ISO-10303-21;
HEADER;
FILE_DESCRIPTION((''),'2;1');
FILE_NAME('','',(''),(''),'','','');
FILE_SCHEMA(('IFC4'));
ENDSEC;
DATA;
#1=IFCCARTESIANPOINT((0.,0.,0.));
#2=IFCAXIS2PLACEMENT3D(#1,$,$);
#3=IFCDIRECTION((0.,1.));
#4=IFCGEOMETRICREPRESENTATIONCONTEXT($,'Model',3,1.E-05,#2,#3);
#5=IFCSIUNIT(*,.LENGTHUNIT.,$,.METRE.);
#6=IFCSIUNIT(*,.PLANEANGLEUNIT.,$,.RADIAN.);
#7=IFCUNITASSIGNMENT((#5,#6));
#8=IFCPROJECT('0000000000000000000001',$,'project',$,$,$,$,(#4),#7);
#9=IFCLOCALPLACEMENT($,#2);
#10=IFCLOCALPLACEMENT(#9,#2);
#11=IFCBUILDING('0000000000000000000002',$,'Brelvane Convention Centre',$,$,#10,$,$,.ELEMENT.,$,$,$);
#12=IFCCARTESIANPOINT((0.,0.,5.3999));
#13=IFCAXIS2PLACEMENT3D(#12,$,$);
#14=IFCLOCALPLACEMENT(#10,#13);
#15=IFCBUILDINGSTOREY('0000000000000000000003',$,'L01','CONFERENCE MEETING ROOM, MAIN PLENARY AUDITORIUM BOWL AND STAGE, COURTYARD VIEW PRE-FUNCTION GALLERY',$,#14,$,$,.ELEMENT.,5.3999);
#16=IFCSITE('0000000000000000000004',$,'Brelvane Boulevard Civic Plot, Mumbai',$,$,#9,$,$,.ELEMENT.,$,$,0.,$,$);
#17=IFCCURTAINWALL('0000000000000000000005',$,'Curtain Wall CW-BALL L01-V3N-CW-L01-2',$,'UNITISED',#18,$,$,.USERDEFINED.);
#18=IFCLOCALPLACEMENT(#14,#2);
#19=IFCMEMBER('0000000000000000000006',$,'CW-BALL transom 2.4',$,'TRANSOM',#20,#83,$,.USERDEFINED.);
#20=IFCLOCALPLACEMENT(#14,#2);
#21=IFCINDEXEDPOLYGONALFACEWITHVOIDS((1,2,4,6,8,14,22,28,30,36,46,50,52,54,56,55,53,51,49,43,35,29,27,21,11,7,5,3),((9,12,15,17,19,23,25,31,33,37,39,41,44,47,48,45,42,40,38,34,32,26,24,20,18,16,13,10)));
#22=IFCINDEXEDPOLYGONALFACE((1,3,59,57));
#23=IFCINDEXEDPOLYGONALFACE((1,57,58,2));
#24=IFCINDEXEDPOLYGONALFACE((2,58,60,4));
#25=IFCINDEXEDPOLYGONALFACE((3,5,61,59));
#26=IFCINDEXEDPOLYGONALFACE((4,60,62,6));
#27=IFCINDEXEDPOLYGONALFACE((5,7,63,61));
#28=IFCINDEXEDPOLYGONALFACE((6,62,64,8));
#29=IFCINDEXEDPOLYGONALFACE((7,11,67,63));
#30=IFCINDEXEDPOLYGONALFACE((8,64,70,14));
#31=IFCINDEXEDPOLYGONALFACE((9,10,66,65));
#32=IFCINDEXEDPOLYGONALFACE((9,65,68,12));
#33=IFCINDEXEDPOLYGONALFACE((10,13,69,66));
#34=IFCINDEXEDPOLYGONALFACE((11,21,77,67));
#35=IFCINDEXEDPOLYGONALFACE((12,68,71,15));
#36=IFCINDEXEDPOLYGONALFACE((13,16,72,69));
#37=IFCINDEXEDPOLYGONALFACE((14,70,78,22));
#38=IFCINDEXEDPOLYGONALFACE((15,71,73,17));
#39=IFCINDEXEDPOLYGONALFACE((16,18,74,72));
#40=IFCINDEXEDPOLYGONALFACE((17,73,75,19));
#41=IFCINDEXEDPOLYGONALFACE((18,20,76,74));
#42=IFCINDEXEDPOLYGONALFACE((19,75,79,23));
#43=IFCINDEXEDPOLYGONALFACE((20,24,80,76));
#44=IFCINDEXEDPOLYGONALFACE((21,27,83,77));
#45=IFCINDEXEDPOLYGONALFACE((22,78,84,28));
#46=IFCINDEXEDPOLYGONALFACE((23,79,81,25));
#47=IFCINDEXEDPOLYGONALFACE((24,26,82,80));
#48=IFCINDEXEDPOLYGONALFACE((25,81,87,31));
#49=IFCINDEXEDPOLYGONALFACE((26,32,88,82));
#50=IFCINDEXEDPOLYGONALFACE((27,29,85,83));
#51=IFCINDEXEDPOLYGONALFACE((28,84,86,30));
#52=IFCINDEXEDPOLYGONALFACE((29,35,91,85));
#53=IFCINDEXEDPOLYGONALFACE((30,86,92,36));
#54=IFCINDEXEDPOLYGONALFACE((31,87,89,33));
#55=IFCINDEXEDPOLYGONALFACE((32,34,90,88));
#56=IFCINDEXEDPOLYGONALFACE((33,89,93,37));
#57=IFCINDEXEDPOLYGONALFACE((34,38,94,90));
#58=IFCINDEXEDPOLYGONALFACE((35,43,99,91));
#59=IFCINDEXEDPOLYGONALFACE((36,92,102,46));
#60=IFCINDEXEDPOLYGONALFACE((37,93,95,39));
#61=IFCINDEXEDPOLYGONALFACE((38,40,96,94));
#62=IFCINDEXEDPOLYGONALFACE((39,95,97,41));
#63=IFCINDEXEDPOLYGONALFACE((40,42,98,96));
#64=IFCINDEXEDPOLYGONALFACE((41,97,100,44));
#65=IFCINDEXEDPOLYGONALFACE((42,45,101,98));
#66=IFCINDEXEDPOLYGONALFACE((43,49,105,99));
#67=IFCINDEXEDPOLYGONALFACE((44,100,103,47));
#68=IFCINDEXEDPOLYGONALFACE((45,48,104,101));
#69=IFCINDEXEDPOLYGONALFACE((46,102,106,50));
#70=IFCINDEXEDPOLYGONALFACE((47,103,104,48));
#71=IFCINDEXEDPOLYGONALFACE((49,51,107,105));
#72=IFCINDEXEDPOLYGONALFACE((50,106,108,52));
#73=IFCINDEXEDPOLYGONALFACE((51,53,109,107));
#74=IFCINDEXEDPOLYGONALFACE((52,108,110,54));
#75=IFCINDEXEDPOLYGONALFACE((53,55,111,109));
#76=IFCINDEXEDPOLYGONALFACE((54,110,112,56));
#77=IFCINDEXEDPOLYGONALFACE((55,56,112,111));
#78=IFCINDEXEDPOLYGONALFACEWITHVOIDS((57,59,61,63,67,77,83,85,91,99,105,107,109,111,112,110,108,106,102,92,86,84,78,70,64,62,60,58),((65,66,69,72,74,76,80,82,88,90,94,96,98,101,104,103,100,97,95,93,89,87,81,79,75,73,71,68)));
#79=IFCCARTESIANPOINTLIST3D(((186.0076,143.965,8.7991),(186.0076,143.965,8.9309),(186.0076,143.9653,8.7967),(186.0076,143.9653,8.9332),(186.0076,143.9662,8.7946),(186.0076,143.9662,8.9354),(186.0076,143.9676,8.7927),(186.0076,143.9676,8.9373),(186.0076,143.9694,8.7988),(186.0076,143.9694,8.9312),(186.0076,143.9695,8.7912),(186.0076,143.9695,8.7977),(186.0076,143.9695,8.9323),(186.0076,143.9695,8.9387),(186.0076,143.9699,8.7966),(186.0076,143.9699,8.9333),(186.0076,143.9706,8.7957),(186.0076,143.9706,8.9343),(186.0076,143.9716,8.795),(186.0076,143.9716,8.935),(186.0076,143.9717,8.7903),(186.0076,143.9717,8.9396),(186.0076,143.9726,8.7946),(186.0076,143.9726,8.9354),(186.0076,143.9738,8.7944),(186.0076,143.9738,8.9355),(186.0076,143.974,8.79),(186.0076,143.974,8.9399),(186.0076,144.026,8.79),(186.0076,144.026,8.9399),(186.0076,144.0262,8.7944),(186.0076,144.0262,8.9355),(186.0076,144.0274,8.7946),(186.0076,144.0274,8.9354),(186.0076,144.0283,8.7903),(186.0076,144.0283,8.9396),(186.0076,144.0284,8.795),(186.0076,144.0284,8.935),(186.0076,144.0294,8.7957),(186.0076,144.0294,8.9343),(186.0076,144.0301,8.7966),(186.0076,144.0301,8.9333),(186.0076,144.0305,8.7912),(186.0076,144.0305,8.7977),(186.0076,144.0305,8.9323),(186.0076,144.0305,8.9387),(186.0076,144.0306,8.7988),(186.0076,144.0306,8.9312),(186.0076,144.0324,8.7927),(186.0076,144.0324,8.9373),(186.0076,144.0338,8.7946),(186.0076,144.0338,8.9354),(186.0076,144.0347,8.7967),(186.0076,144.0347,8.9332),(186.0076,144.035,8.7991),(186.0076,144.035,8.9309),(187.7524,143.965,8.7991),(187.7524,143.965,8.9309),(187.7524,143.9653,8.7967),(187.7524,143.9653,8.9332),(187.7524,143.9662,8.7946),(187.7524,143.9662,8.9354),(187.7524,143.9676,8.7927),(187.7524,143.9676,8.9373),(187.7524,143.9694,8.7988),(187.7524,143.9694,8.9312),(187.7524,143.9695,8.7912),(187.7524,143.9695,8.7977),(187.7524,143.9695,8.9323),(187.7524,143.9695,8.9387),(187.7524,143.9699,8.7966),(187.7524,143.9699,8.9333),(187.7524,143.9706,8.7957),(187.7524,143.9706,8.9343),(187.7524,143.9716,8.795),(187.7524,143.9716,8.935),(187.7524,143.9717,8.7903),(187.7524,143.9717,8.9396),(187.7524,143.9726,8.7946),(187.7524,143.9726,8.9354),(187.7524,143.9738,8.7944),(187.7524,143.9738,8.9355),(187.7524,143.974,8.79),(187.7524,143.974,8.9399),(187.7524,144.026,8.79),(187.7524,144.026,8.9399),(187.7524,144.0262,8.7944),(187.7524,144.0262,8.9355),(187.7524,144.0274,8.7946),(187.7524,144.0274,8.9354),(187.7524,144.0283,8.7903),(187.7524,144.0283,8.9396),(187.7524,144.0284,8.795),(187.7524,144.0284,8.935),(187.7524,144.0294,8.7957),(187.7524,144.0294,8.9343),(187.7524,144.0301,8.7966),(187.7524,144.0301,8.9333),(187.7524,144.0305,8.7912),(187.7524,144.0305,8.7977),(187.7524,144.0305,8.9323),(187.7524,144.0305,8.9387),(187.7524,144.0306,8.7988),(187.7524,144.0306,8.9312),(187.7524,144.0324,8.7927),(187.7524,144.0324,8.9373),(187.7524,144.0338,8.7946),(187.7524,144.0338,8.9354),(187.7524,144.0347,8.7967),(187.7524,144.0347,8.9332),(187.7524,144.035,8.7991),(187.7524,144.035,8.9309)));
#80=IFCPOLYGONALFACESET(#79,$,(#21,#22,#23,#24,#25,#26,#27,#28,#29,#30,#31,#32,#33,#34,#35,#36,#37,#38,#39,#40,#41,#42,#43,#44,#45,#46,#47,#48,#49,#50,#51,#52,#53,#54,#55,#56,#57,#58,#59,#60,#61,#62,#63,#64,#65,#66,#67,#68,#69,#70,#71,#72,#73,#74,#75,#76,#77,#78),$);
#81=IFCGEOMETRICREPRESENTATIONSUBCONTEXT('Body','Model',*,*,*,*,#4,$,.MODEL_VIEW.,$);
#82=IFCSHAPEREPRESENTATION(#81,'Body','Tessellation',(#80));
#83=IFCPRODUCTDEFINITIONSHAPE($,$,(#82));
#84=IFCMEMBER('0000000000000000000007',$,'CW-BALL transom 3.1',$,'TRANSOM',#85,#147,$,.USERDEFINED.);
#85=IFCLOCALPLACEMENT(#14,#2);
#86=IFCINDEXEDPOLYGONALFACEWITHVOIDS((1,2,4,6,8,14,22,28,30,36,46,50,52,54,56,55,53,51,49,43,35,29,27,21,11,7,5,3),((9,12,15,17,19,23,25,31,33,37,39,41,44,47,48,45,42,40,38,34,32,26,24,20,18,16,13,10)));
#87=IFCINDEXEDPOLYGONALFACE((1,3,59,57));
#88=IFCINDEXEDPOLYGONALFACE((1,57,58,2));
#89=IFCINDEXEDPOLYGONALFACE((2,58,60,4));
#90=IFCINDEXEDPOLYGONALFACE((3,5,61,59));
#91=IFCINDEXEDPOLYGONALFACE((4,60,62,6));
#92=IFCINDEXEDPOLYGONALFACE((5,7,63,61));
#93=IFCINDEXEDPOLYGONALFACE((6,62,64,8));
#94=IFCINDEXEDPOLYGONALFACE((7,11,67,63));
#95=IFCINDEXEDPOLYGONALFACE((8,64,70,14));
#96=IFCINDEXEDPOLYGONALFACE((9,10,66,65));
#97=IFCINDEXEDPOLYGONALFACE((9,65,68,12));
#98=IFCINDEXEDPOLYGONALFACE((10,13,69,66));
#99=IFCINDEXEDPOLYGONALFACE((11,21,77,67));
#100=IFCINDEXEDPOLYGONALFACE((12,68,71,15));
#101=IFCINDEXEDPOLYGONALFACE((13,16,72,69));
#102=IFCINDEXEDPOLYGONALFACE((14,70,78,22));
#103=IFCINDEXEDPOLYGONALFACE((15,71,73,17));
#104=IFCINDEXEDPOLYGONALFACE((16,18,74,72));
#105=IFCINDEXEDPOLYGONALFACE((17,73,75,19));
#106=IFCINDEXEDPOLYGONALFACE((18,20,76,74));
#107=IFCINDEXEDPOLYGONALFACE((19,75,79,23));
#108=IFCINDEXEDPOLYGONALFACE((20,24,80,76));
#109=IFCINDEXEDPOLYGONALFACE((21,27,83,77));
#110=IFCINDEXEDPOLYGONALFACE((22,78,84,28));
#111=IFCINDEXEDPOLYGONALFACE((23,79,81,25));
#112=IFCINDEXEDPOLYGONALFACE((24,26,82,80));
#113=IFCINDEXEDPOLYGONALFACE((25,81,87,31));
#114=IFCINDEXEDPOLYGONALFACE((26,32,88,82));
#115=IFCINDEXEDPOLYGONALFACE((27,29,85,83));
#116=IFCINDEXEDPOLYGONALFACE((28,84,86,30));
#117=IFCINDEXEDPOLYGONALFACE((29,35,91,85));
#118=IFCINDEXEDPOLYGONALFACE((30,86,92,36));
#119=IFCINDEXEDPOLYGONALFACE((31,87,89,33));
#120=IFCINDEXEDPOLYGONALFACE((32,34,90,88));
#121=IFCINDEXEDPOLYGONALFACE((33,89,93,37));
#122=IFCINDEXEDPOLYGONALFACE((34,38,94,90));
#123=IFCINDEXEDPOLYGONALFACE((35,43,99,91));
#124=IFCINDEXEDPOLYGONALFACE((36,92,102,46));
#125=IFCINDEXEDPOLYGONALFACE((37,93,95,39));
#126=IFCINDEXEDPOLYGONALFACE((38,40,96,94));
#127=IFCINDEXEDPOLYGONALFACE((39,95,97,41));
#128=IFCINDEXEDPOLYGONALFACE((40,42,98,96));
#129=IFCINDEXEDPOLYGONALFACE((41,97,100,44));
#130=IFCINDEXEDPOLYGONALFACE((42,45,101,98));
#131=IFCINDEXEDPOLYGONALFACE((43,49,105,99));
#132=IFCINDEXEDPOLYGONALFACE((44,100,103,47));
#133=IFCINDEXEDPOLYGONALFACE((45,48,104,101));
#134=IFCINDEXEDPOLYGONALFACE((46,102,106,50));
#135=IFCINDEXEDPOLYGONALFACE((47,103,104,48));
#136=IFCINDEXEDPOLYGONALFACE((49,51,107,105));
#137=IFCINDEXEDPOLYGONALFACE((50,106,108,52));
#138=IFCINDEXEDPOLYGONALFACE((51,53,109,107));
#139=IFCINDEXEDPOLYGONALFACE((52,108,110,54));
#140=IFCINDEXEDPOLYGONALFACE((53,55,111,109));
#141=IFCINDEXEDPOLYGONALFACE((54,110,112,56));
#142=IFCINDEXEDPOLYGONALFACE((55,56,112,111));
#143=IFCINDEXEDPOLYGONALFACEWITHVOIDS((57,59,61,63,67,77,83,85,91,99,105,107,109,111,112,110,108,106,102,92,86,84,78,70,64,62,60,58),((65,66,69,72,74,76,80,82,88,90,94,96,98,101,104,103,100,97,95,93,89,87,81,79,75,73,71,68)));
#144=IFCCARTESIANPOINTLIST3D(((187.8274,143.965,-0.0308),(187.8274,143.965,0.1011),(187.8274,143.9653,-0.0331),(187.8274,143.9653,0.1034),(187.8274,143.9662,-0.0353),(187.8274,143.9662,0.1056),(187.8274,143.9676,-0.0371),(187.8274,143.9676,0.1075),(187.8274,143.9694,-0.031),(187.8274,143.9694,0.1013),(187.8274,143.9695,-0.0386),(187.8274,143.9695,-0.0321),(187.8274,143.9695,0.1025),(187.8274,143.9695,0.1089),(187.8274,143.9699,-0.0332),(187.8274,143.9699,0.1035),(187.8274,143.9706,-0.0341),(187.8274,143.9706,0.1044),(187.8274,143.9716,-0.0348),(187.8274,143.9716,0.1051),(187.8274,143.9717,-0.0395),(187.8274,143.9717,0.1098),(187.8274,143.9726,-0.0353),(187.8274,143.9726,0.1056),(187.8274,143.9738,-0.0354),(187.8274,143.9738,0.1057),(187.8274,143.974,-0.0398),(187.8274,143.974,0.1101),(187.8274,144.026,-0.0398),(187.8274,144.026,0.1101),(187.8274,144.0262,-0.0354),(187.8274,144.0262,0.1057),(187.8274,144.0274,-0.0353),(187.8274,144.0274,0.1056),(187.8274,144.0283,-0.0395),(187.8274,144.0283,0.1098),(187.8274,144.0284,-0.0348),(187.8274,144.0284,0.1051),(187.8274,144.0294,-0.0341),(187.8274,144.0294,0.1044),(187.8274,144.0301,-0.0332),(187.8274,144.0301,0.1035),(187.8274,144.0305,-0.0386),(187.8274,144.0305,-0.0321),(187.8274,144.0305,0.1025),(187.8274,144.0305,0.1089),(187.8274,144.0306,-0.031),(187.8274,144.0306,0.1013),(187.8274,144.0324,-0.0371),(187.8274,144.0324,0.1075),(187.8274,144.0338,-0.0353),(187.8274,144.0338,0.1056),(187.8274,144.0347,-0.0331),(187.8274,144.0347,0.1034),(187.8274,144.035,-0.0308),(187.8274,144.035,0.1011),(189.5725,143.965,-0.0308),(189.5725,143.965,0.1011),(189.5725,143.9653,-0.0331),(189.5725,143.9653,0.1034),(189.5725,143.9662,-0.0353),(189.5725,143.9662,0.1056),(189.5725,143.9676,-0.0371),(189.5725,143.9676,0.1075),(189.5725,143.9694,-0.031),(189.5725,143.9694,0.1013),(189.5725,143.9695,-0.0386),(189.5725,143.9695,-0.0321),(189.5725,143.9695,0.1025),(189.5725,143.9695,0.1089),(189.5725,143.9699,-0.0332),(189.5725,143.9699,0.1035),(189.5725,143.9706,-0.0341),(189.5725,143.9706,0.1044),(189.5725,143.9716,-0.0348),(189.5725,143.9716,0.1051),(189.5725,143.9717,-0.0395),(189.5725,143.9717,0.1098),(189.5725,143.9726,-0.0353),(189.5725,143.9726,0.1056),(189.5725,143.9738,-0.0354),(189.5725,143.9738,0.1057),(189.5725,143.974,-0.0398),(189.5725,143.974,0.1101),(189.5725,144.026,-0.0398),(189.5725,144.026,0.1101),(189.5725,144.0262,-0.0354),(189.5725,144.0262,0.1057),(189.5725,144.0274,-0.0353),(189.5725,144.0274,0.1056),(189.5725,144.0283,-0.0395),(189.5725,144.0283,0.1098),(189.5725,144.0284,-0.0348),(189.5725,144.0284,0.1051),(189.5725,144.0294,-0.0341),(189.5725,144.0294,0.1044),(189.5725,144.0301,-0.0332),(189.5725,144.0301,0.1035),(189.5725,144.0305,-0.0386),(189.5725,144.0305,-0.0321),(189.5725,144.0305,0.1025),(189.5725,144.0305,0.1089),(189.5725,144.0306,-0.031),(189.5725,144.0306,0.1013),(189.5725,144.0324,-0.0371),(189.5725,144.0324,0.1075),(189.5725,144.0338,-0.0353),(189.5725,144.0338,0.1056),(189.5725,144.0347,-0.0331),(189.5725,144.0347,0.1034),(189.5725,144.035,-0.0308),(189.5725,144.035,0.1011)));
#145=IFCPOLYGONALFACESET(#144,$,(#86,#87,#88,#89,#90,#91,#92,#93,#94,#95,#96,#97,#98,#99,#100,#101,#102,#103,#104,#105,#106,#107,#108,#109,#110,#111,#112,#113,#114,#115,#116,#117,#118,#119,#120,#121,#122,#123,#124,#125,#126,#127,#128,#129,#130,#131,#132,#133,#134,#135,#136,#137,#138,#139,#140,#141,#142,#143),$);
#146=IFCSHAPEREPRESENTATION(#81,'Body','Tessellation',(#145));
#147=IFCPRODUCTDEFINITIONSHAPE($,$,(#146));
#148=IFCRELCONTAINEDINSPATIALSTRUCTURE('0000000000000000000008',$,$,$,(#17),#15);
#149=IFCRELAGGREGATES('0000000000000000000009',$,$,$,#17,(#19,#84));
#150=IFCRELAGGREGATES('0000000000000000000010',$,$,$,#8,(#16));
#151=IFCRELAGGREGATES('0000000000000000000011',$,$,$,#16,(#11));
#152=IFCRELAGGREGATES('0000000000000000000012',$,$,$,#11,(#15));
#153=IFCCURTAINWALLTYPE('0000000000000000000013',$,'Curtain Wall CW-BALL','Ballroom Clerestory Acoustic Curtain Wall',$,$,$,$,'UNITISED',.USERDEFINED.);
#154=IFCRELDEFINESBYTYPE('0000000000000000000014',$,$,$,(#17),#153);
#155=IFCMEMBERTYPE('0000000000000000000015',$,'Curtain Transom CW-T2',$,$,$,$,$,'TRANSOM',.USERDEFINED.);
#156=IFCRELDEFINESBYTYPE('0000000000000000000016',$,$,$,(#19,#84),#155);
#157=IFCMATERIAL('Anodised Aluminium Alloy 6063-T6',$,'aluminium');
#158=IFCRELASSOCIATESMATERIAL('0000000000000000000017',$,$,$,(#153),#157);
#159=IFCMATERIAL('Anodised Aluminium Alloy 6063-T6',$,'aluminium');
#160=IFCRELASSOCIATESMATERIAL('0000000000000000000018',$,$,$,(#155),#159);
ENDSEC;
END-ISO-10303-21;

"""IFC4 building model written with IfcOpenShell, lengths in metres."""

from ifc_helpers import new_model, si_unit, direction, frame, origin, origin_2d, place, context, subcontext, project, spatial, hollow_rectangle, extrude, material, material_profile, profile_set, type_object, element, aggregate, save


model = new_model("IFC4")

# Units and contexts
model_context = context("Model", 3, precision=1e-05, world=origin(), true_north=direction((0.0, 1.0)))
body_context = subcontext(model_context, "Body", "Model", "MODEL_VIEW")
ifc_project = project(units=[si_unit("LENGTHUNIT", "METRE"), si_unit("PLANEANGLEUNIT", "RADIAN")], contexts=[model_context])

# Site, building, storey
site_placement = place(None, origin())
site = spatial("IfcSite", under=ifc_project, at=site_placement, Name="Brelvane Boulevard Civic Plot, Mumbai", CompositionType="ELEMENT", RefElevation=0.0)
building_placement = place(site_placement, origin())
building = spatial("IfcBuilding", under=site, at=building_placement, Name="Brelvane Convention Centre", CompositionType="ELEMENT")
storey_placement = place(building_placement, frame((0.0, 0.0, 5.3999)))
storey = spatial("IfcBuildingStorey", under=building, at=storey_placement, Name="L01", Description="CONFERENCE MEETING ROOM, MAIN PLENARY AUDITORIUM BOWL AND STAGE, COURTYARD VIEW PRE-FUNCTION GALLERY", CompositionType="ELEMENT", Elevation=5.3999)

# Curtain wall, members
ifc_material_1 = material(Name="Anodised Aluminium Alloy 6063-T6", Category="aluminium")
curtain_wall_type = type_object("IfcCurtainWallType", Name="Curtain Wall CW-BALL", Description="Ballroom Clerestory Acoustic Curtain Wall", ElementType="UNITISED", PredefinedType="USERDEFINED", material=ifc_material_1)
curtain_wall_placement = place(storey_placement, origin())
curtain_wall = element("IfcCurtainWall", 1, at=curtain_wall_placement, inside=storey, type_object=curtain_wall_type, Name="Curtain Wall CW-BALL L01-V3N-CW-L01-2", ObjectType="UNITISED", PredefinedType="USERDEFINED")
ifc_material_2 = material(Name="Anodised Aluminium Alloy 6063-T6", Category="aluminium")
ifc_material_profile_1 = material_profile(ifc_material_2, hollow_rectangle(XDim=0.0701, YDim=0.1499, WallThickness=0.0044, InnerFilletRadius=0.0044, OuterFilletRadius=0.009, at=origin_2d()), Name="ALU-T 150x70x4.5")
ifc_profile_set_1 = profile_set([ifc_material_profile_1], Name="Anodised Aluminium Alloy 6063-T6")
member_type_1 = type_object("IfcMemberType", Name="Curtain Transom CW-T2", ElementType="TRANSOM", PredefinedType="USERDEFINED", material=ifc_profile_set_1)
member_1_placement = place(storey_placement, frame((186.0076, 144.0, 8.865), z_axis=(1.0, 0.0, 0.0), x_axis=(0.0, 1.0, 0.0)))
member_1 = element("IfcMember", 2, at=member_1_placement, type_object=member_type_1, Name="CW-BALL transom 2.4", ObjectType="TRANSOM", PredefinedType="USERDEFINED", context=body_context, shape_type="SweptSolid", body=[
    extrude(hollow_rectangle(XDim=0.0701, YDim=0.1499, WallThickness=0.0044, InnerFilletRadius=0.0044, OuterFilletRadius=0.009, at=origin_2d()), origin(), (0.0, 0.0, 1.0), 1.7449),
])
member_2_placement = place(storey_placement, frame((187.8274, 144.0, 0.0352), z_axis=(1.0, 0.0, 0.0), x_axis=(0.0, 1.0, 0.0)))
member_2 = element("IfcMember", 3, at=member_2_placement, type_object=member_type_1, Name="CW-BALL transom 3.1", ObjectType="TRANSOM", PredefinedType="USERDEFINED", context=body_context, shape_type="SweptSolid", body=[
    extrude(hollow_rectangle(XDim=0.0701, YDim=0.1499, WallThickness=0.0044, InnerFilletRadius=0.0044, OuterFilletRadius=0.009, at=origin_2d()), origin(), (0.0, 0.0, 1.0), 1.7451),
])
aggregate(curtain_wall, [member_1, member_2])

save(model, "model.ifc")
